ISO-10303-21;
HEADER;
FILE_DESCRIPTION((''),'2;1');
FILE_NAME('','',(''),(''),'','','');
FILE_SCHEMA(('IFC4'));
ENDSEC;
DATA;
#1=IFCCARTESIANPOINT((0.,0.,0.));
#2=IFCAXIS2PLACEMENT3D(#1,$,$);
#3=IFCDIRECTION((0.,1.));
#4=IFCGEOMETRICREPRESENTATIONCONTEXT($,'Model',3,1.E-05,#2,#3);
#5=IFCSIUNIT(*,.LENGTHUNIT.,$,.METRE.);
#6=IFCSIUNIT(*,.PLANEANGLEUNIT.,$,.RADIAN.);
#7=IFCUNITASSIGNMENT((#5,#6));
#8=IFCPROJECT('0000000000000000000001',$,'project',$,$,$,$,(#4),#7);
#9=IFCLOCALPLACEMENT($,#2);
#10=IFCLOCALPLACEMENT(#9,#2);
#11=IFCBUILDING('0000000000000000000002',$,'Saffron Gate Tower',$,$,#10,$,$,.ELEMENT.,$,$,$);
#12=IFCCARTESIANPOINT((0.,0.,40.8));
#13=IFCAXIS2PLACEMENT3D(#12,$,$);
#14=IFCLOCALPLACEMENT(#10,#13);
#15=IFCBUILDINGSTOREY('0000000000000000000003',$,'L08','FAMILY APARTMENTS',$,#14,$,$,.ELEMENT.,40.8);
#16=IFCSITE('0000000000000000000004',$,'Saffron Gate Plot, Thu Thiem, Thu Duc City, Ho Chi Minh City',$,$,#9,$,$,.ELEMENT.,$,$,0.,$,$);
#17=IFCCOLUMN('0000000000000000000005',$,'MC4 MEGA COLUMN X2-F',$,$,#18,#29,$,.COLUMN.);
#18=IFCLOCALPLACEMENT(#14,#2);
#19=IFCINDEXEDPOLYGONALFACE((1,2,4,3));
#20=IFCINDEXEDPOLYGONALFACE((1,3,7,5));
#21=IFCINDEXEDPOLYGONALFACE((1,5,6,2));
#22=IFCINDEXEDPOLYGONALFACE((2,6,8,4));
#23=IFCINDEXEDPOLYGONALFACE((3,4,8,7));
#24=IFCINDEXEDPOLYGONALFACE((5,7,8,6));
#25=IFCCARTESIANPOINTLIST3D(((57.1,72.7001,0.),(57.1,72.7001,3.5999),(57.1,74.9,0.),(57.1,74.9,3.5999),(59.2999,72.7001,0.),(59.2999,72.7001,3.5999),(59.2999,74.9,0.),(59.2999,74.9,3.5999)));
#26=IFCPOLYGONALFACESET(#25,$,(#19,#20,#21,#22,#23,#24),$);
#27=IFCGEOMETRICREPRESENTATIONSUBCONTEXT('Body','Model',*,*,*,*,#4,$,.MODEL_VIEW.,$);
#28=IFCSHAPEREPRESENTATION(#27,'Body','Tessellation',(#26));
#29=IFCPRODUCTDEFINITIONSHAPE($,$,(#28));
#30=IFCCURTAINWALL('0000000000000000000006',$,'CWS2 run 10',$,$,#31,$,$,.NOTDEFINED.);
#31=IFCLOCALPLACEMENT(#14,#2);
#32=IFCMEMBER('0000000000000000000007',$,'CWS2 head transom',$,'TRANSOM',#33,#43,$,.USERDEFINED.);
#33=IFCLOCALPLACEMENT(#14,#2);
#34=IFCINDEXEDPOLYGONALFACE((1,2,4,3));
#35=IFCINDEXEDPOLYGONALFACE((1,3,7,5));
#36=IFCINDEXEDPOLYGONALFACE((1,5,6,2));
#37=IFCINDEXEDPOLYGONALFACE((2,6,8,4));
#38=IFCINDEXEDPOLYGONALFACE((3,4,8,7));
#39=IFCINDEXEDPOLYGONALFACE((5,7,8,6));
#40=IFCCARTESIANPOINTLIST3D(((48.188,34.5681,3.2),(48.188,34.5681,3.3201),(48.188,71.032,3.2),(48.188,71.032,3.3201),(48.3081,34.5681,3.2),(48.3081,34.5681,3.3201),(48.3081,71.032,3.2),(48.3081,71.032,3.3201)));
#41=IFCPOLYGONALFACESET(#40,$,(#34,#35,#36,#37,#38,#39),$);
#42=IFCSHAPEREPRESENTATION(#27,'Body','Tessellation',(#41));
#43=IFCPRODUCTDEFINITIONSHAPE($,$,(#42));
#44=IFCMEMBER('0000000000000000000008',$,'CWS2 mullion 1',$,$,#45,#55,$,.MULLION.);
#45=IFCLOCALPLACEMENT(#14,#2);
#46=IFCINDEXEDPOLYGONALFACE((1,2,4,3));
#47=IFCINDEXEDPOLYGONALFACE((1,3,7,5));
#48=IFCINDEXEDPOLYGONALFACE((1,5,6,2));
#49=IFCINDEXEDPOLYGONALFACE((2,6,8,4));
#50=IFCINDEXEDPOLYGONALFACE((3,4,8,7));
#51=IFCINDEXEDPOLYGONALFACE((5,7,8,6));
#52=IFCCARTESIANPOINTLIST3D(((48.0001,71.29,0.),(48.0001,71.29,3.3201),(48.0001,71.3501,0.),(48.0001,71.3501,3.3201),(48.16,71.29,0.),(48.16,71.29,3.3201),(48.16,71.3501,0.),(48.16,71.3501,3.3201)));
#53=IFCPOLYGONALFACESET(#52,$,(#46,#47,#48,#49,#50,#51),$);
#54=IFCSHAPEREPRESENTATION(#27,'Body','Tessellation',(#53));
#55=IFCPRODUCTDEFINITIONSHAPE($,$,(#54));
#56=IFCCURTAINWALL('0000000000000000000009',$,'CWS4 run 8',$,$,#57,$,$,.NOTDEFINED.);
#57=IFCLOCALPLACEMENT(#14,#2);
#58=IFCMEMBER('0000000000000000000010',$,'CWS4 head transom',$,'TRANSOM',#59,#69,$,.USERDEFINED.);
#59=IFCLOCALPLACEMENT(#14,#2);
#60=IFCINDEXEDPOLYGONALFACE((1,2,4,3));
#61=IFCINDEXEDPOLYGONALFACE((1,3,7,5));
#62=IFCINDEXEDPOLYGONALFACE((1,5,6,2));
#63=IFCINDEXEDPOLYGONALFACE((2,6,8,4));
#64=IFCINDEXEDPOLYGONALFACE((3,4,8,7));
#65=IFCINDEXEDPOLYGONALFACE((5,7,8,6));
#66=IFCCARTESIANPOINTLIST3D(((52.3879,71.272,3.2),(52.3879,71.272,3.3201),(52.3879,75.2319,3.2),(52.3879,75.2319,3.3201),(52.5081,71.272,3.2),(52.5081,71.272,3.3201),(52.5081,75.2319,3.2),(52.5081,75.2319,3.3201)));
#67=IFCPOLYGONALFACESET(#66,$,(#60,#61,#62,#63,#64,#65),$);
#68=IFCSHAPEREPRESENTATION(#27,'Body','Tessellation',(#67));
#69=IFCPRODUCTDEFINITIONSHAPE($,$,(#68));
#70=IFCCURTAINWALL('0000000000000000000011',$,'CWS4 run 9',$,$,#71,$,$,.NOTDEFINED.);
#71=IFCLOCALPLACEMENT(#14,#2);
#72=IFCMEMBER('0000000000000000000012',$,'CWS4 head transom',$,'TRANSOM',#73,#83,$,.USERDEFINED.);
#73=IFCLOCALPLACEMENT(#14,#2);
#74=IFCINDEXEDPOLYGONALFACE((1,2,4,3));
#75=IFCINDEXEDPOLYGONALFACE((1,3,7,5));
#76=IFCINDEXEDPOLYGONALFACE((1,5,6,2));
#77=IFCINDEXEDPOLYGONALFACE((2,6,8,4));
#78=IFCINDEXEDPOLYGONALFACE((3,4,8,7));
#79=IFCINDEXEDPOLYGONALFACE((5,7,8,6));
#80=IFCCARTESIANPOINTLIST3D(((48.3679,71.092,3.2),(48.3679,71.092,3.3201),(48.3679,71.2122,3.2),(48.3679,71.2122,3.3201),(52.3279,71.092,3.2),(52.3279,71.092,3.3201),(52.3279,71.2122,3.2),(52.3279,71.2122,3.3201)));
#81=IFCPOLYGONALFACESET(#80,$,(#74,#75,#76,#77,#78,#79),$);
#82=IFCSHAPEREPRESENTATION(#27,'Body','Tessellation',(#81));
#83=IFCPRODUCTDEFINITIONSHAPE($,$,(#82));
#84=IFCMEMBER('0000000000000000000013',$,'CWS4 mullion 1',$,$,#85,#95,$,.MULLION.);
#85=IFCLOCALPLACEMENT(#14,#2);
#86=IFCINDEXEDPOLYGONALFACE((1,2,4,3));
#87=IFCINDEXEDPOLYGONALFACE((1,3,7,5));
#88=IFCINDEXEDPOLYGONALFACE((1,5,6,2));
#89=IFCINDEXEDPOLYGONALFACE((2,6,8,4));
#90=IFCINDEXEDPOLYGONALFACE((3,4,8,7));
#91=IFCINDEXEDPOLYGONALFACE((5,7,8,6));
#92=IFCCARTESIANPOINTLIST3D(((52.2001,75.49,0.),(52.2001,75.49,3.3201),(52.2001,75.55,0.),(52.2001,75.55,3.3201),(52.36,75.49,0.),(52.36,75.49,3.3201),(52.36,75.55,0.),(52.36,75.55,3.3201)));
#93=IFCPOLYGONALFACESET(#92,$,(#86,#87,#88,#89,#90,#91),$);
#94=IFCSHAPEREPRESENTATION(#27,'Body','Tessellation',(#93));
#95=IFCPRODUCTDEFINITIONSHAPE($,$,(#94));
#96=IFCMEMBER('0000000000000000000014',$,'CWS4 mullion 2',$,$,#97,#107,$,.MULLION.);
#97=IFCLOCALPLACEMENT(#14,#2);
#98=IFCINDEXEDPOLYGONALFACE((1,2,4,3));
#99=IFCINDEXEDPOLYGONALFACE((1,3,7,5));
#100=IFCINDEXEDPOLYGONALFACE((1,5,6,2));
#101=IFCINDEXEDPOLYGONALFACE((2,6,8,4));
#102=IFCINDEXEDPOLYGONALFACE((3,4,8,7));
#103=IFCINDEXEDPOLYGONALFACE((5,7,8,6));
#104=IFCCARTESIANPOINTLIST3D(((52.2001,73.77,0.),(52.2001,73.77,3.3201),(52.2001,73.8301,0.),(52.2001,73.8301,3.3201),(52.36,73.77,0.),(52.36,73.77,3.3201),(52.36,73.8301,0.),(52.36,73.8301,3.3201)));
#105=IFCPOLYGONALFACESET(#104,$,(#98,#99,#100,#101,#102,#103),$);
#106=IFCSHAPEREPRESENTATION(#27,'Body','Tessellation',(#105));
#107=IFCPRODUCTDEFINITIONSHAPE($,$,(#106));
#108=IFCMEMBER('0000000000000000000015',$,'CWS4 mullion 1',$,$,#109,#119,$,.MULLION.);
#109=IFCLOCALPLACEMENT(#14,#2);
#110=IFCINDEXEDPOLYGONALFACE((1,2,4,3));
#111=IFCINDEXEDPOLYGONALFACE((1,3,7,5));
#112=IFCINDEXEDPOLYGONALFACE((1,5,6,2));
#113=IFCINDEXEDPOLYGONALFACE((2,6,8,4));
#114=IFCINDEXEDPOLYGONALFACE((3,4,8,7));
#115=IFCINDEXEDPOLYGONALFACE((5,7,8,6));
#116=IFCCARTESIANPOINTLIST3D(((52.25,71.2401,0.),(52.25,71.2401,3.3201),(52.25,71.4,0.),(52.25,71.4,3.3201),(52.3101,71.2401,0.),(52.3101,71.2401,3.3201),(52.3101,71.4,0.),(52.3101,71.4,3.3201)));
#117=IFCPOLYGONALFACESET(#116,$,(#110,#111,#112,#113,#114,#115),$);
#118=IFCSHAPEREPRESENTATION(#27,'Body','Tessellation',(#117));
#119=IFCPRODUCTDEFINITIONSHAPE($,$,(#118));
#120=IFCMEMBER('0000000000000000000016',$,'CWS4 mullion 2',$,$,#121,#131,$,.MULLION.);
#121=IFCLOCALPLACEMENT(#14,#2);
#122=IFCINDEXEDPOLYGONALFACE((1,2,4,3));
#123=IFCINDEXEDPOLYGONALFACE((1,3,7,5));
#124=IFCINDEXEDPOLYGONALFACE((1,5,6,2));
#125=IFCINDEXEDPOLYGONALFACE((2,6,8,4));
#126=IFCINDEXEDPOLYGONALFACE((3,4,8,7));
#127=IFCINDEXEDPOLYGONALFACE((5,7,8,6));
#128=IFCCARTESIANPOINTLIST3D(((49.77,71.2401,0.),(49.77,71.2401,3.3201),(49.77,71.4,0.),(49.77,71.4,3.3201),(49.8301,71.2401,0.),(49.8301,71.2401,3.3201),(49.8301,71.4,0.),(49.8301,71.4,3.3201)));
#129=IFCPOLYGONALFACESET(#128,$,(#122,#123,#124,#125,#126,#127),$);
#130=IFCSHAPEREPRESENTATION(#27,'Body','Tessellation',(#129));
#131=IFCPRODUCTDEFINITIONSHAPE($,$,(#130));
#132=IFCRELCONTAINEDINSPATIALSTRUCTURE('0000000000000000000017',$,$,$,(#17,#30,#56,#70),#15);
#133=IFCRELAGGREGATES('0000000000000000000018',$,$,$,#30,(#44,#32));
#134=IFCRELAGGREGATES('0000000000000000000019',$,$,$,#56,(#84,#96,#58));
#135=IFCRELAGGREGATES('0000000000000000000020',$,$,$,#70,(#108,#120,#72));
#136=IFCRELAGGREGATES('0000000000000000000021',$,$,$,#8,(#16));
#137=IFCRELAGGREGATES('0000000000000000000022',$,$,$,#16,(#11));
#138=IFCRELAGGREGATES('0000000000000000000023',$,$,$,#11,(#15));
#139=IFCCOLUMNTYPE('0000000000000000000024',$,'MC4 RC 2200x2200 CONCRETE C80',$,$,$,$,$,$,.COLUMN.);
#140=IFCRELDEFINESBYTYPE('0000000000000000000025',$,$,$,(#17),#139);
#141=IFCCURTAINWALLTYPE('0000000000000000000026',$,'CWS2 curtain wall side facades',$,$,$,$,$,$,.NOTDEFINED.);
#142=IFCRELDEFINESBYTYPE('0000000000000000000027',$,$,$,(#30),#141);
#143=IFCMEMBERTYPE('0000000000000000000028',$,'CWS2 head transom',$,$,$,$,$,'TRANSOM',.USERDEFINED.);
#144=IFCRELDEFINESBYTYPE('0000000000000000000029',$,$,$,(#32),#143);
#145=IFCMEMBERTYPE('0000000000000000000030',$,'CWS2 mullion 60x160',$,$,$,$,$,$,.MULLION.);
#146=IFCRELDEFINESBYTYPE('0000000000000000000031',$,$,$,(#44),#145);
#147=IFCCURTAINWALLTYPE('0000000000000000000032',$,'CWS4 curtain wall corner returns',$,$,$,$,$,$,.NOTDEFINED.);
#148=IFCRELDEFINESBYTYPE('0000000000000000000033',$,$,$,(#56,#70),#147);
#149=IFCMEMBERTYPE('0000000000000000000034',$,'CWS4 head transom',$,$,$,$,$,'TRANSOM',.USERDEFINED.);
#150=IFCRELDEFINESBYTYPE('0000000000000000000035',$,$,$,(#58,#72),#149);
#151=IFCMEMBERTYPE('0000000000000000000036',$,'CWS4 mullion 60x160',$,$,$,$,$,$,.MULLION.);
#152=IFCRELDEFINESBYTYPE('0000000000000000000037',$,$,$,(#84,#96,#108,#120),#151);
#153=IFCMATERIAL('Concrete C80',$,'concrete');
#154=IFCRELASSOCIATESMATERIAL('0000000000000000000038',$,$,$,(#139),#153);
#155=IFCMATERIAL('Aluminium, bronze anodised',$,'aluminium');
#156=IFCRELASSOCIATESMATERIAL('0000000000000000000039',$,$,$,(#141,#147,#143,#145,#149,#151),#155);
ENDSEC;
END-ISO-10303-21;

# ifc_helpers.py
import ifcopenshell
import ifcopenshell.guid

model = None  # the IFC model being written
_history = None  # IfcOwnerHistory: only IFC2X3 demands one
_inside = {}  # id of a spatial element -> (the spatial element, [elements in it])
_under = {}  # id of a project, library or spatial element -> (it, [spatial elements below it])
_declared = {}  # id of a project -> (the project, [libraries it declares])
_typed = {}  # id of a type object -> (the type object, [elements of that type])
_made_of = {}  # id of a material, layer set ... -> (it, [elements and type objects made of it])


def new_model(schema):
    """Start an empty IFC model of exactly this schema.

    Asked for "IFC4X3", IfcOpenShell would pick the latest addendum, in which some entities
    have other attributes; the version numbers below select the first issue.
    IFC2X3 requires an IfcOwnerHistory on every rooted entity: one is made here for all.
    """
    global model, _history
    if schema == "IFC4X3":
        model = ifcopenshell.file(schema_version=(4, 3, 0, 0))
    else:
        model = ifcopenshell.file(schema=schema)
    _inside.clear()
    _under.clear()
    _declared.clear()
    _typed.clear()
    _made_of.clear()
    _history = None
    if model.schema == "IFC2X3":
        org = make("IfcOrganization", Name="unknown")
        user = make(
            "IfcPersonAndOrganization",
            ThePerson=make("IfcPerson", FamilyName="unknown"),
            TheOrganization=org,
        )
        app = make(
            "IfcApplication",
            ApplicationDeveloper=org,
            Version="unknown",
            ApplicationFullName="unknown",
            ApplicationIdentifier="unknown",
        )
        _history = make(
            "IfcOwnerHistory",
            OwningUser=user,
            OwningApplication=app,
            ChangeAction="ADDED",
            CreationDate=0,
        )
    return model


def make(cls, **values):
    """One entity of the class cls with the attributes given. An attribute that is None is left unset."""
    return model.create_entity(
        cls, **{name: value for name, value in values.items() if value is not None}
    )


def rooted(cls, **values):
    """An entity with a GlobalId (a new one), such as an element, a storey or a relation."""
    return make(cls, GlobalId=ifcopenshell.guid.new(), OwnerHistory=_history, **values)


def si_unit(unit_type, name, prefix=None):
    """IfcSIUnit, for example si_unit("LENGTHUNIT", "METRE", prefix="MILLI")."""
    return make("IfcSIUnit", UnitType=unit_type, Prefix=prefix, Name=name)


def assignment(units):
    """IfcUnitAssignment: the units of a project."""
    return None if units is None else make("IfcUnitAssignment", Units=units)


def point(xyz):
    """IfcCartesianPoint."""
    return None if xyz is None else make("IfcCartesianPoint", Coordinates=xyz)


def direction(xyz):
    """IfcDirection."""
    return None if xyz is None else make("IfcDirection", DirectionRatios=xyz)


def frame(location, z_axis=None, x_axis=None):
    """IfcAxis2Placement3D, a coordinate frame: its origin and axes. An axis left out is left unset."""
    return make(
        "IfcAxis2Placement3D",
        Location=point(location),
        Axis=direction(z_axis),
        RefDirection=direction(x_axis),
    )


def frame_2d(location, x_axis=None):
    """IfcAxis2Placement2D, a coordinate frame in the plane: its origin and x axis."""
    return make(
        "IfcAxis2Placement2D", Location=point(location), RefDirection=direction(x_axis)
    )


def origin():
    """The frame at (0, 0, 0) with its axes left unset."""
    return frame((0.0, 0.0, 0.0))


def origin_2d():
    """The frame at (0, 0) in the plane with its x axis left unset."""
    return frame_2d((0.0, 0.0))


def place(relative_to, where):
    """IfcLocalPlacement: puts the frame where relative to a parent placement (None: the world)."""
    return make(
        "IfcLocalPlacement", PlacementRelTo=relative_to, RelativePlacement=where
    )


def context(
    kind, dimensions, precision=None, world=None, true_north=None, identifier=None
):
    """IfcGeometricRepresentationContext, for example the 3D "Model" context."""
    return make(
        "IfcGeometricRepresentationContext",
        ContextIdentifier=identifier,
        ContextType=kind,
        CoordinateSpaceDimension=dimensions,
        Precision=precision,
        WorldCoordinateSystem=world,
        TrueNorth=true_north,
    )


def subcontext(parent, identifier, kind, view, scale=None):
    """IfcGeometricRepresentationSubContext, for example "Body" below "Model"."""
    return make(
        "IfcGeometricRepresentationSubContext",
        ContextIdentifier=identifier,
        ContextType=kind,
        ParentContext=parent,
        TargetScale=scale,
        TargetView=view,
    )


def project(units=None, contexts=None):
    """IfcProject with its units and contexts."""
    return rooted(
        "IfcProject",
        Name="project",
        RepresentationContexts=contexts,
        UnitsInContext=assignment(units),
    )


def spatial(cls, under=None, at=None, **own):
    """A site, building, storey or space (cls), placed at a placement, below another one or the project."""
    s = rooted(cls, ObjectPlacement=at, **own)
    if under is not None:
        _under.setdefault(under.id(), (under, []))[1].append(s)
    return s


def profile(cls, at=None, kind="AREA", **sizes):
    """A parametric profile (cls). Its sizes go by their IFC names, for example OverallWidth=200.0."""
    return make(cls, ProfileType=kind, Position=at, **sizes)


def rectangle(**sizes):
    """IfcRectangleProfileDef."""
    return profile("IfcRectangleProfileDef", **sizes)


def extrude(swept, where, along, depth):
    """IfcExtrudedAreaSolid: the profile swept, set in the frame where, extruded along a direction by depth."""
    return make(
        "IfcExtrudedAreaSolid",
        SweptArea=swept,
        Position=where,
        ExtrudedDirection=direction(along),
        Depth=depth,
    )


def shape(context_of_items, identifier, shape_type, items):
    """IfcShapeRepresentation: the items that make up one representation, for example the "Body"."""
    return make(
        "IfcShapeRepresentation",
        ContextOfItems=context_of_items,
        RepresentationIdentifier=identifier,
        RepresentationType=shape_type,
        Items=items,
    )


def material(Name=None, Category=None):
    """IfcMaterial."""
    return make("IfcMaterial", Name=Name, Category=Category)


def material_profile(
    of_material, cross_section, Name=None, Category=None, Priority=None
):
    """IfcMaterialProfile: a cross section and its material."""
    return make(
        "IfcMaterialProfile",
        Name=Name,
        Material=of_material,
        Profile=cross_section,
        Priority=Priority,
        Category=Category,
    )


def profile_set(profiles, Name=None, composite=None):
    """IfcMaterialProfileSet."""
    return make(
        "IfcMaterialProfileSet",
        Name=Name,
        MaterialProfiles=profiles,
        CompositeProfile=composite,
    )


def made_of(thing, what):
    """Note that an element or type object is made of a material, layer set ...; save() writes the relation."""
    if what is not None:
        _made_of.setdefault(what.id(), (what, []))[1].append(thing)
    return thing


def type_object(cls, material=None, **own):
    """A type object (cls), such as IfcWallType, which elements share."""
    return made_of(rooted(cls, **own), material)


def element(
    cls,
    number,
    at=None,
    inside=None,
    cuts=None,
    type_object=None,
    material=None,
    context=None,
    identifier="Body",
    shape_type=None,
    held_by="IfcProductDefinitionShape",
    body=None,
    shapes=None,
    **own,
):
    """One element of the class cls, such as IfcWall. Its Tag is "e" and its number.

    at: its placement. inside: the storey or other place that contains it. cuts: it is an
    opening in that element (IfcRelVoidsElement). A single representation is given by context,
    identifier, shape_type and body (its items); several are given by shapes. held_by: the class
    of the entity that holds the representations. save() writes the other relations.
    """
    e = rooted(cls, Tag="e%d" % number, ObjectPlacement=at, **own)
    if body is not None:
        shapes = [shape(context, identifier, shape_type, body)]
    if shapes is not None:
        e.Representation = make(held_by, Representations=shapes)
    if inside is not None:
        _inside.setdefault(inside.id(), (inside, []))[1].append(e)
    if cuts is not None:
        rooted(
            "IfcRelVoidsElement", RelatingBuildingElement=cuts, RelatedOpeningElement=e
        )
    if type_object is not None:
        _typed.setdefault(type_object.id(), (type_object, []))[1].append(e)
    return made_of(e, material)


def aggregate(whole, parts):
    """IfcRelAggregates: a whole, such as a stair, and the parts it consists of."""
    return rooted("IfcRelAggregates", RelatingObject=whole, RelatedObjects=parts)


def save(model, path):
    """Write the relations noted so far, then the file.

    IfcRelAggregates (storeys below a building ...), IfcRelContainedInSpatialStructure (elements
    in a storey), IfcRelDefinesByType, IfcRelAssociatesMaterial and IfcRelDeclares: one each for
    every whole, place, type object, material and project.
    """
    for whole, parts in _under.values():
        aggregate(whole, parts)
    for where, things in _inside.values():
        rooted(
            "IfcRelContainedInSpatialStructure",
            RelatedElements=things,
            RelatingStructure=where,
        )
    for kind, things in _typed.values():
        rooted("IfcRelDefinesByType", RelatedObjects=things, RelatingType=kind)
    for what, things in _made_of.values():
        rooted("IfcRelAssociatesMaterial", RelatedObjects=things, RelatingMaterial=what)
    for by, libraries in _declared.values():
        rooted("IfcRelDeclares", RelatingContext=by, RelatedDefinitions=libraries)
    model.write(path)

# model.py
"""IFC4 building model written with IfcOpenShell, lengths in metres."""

from ifc_helpers import new_model, si_unit, direction, frame, origin, origin_2d, place, context, subcontext, project, spatial, rectangle, extrude, material, material_profile, profile_set, type_object, element, aggregate, save


model = new_model("IFC4")

# Units and contexts
model_context = context("Model", 3, precision=1e-05, world=origin(), true_north=direction((0.0, 1.0)))
body_context = subcontext(model_context, "Body", "Model", "MODEL_VIEW")
ifc_project = project(units=[si_unit("LENGTHUNIT", "METRE"), si_unit("PLANEANGLEUNIT", "RADIAN")], contexts=[model_context])

# Site, building, storey
site_placement = place(None, origin())
site = spatial("IfcSite", under=ifc_project, at=site_placement, Name="Saffron Gate Plot, Thu Thiem, Thu Duc City, Ho Chi Minh City", CompositionType="ELEMENT", RefElevation=0.0)
building_placement = place(site_placement, origin())
building = spatial("IfcBuilding", under=site, at=building_placement, Name="Saffron Gate Tower", CompositionType="ELEMENT")
storey_placement = place(building_placement, frame((0.0, 0.0, 40.8)))
storey = spatial("IfcBuildingStorey", under=building, at=storey_placement, Name="L08", Description="FAMILY APARTMENTS", CompositionType="ELEMENT", Elevation=40.8)

# Column
ifc_material_1 = material(Name="Concrete C80", Category="concrete")
ifc_material_profile_1 = material_profile(ifc_material_1, rectangle(XDim=2.2, YDim=2.2, at=origin_2d()))
ifc_profile_set_1 = profile_set([ifc_material_profile_1], Name="Concrete C80")
column_type = type_object("IfcColumnType", Name="MC4 RC 2200x2200 CONCRETE C80", PredefinedType="COLUMN", material=ifc_profile_set_1)
column_placement = place(storey_placement, frame((58.2, 73.8, 0.0), z_axis=(0.0, 0.0, 1.0), x_axis=(1.0, 0.0, 0.0)))
element("IfcColumn", 1, at=column_placement, inside=storey, type_object=column_type, Name="MC4 MEGA COLUMN X2-F", PredefinedType="COLUMN", context=body_context, shape_type="SweptSolid", body=[
    extrude(rectangle(XDim=2.2, YDim=2.2, at=origin_2d()), origin(), (0.0, 0.0, 1.0), 3.5999),
])

# Curtain wall, members
ifc_material_2 = material(Name="Aluminium, bronze anodised", Category="aluminium")
curtain_wall_type_1 = type_object("IfcCurtainWallType", Name="CWS2 curtain wall side facades", PredefinedType="NOTDEFINED", material=ifc_material_2)
curtain_wall_1_placement = place(storey_placement, origin())
curtain_wall_1 = element("IfcCurtainWall", 2, at=curtain_wall_1_placement, inside=storey, type_object=curtain_wall_type_1, Name="CWS2 run 10", PredefinedType="NOTDEFINED")
ifc_material_profile_2 = material_profile(ifc_material_2, rectangle(XDim=0.1201, YDim=0.1201, at=origin_2d()))
ifc_profile_set_2 = profile_set([ifc_material_profile_2], Name="Aluminium, bronze anodised")
member_type_1 = type_object("IfcMemberType", Name="CWS2 head transom", ElementType="TRANSOM", PredefinedType="USERDEFINED", material=ifc_profile_set_2)
member_1_placement = place(storey_placement, frame((48.248, 71.032, 3.26), z_axis=(0.0, -1.0, 0.0), x_axis=(1.0, 0.0, 0.0)))
member_1 = element("IfcMember", 3, at=member_1_placement, type_object=member_type_1, Name="CWS2 head transom", ObjectType="TRANSOM", PredefinedType="USERDEFINED", context=body_context, shape_type="SweptSolid", body=[
    extrude(rectangle(XDim=0.1201, YDim=0.1201, at=origin_2d()), origin(), (0.0, 0.0, 1.0), 36.4639),
])
ifc_material_profile_3 = material_profile(ifc_material_2, rectangle(XDim=0.1599, YDim=0.0601, at=origin_2d()))
ifc_profile_set_3 = profile_set([ifc_material_profile_3], Name="Aluminium, bronze anodised")
member_type_2 = type_object("IfcMemberType", Name="CWS2 mullion 60x160", PredefinedType="MULLION", material=ifc_profile_set_3)
member_2_placement = place(storey_placement, frame((48.0801, 71.3201, 0.0), z_axis=(0.0, 0.0, 1.0), x_axis=(1.0, 0.0, 0.0)))
member_2 = element("IfcMember", 4, at=member_2_placement, type_object=member_type_2, Name="CWS2 mullion 1", PredefinedType="MULLION", context=body_context, shape_type="SweptSolid", body=[
    extrude(rectangle(XDim=0.1599, YDim=0.0601, at=origin_2d()), origin(), (0.0, 0.0, 1.0), 3.3201),
])

# Curtain walls, members
curtain_wall_type_2 = type_object("IfcCurtainWallType", Name="CWS4 curtain wall corner returns", PredefinedType="NOTDEFINED", material=ifc_material_2)
curtain_wall_2_placement = place(storey_placement, origin())
curtain_wall_2 = element("IfcCurtainWall", 5, at=curtain_wall_2_placement, inside=storey, type_object=curtain_wall_type_2, Name="CWS4 run 8", PredefinedType="NOTDEFINED")
ifc_material_profile_4 = material_profile(ifc_material_2, rectangle(XDim=0.1201, YDim=0.1201, at=origin_2d()))
ifc_profile_set_4 = profile_set([ifc_material_profile_4], Name="Aluminium, bronze anodised")
member_type_3 = type_object("IfcMemberType", Name="CWS4 head transom", ElementType="TRANSOM", PredefinedType="USERDEFINED", material=ifc_profile_set_4)
member_3_placement = place(storey_placement, frame((52.448, 75.2319, 3.26), z_axis=(0.0, -1.0, 0.0), x_axis=(1.0, 0.0, 0.0)))
member_3 = element("IfcMember", 6, at=member_3_placement, type_object=member_type_3, Name="CWS4 head transom", ObjectType="TRANSOM", PredefinedType="USERDEFINED", context=body_context, shape_type="SweptSolid", body=[
    extrude(rectangle(XDim=0.1201, YDim=0.1201, at=origin_2d()), origin(), (0.0, 0.0, 1.0), 3.96),
])
curtain_wall_3_placement = place(storey_placement, origin())
curtain_wall_3 = element("IfcCurtainWall", 7, at=curtain_wall_3_placement, inside=storey, type_object=curtain_wall_type_2, Name="CWS4 run 9", PredefinedType="NOTDEFINED")
member_4_placement = place(storey_placement, frame((52.3279, 71.1521, 3.26), z_axis=(-1.0, 0.0, 0.0), x_axis=(0.0, -1.0, 0.0)))
member_4 = element("IfcMember", 8, at=member_4_placement, type_object=member_type_3, Name="CWS4 head transom", ObjectType="TRANSOM", PredefinedType="USERDEFINED", context=body_context, shape_type="SweptSolid", body=[
    extrude(rectangle(XDim=0.1201, YDim=0.1201, at=origin_2d()), origin(), (0.0, 0.0, 1.0), 3.96),
])

# Members
ifc_material_profile_5 = material_profile(ifc_material_2, rectangle(XDim=0.1599, YDim=0.0601, at=origin_2d()))
ifc_profile_set_5 = profile_set([ifc_material_profile_5], Name="Aluminium, bronze anodised")
member_type_4 = type_object("IfcMemberType", Name="CWS4 mullion 60x160", PredefinedType="MULLION", material=ifc_profile_set_5)
member_5_placement = place(storey_placement, frame((52.28, 75.52, 0.0), z_axis=(0.0, 0.0, 1.0), x_axis=(1.0, 0.0, 0.0)))
member_5 = element("IfcMember", 9, at=member_5_placement, type_object=member_type_4, Name="CWS4 mullion 1", PredefinedType="MULLION", context=body_context, shape_type="SweptSolid", body=[
    extrude(rectangle(XDim=0.1599, YDim=0.0601, at=origin_2d()), origin(), (0.0, 0.0, 1.0), 3.3201),
])
member_6_placement = place(storey_placement, frame((52.28, 73.8, 0.0), z_axis=(0.0, 0.0, 1.0), x_axis=(1.0, 0.0, 0.0)))
member_6 = element("IfcMember", 10, at=member_6_placement, type_object=member_type_4, Name="CWS4 mullion 2", PredefinedType="MULLION", context=body_context, shape_type="SweptSolid", body=[
    extrude(rectangle(XDim=0.1599, YDim=0.0601, at=origin_2d()), origin(), (0.0, 0.0, 1.0), 3.3201),
])
member_7_placement = place(storey_placement, frame((52.28, 71.3201, 0.0), z_axis=(0.0, 0.0, 1.0), x_axis=(0.0, -1.0, 0.0)))
member_7 = element("IfcMember", 11, at=member_7_placement, type_object=member_type_4, Name="CWS4 mullion 1", PredefinedType="MULLION", context=body_context, shape_type="SweptSolid", body=[
    extrude(rectangle(XDim=0.1599, YDim=0.0601, at=origin_2d()), origin(), (0.0, 0.0, 1.0), 3.3201),
])
member_8_placement = place(storey_placement, frame((49.8, 71.3201, 0.0), z_axis=(0.0, 0.0, 1.0), x_axis=(0.0, -1.0, 0.0)))
member_8 = element("IfcMember", 12, at=member_8_placement, type_object=member_type_4, Name="CWS4 mullion 2", PredefinedType="MULLION", context=body_context, shape_type="SweptSolid", body=[
    extrude(rectangle(XDim=0.1599, YDim=0.0601, at=origin_2d()), origin(), (0.0, 0.0, 1.0), 3.3201),
])

aggregate(curtain_wall_1, [member_2, member_1])

aggregate(curtain_wall_2, [member_5, member_6, member_3])
aggregate(curtain_wall_3, [member_7, member_8, member_4])

save(model, "model.ifc")
